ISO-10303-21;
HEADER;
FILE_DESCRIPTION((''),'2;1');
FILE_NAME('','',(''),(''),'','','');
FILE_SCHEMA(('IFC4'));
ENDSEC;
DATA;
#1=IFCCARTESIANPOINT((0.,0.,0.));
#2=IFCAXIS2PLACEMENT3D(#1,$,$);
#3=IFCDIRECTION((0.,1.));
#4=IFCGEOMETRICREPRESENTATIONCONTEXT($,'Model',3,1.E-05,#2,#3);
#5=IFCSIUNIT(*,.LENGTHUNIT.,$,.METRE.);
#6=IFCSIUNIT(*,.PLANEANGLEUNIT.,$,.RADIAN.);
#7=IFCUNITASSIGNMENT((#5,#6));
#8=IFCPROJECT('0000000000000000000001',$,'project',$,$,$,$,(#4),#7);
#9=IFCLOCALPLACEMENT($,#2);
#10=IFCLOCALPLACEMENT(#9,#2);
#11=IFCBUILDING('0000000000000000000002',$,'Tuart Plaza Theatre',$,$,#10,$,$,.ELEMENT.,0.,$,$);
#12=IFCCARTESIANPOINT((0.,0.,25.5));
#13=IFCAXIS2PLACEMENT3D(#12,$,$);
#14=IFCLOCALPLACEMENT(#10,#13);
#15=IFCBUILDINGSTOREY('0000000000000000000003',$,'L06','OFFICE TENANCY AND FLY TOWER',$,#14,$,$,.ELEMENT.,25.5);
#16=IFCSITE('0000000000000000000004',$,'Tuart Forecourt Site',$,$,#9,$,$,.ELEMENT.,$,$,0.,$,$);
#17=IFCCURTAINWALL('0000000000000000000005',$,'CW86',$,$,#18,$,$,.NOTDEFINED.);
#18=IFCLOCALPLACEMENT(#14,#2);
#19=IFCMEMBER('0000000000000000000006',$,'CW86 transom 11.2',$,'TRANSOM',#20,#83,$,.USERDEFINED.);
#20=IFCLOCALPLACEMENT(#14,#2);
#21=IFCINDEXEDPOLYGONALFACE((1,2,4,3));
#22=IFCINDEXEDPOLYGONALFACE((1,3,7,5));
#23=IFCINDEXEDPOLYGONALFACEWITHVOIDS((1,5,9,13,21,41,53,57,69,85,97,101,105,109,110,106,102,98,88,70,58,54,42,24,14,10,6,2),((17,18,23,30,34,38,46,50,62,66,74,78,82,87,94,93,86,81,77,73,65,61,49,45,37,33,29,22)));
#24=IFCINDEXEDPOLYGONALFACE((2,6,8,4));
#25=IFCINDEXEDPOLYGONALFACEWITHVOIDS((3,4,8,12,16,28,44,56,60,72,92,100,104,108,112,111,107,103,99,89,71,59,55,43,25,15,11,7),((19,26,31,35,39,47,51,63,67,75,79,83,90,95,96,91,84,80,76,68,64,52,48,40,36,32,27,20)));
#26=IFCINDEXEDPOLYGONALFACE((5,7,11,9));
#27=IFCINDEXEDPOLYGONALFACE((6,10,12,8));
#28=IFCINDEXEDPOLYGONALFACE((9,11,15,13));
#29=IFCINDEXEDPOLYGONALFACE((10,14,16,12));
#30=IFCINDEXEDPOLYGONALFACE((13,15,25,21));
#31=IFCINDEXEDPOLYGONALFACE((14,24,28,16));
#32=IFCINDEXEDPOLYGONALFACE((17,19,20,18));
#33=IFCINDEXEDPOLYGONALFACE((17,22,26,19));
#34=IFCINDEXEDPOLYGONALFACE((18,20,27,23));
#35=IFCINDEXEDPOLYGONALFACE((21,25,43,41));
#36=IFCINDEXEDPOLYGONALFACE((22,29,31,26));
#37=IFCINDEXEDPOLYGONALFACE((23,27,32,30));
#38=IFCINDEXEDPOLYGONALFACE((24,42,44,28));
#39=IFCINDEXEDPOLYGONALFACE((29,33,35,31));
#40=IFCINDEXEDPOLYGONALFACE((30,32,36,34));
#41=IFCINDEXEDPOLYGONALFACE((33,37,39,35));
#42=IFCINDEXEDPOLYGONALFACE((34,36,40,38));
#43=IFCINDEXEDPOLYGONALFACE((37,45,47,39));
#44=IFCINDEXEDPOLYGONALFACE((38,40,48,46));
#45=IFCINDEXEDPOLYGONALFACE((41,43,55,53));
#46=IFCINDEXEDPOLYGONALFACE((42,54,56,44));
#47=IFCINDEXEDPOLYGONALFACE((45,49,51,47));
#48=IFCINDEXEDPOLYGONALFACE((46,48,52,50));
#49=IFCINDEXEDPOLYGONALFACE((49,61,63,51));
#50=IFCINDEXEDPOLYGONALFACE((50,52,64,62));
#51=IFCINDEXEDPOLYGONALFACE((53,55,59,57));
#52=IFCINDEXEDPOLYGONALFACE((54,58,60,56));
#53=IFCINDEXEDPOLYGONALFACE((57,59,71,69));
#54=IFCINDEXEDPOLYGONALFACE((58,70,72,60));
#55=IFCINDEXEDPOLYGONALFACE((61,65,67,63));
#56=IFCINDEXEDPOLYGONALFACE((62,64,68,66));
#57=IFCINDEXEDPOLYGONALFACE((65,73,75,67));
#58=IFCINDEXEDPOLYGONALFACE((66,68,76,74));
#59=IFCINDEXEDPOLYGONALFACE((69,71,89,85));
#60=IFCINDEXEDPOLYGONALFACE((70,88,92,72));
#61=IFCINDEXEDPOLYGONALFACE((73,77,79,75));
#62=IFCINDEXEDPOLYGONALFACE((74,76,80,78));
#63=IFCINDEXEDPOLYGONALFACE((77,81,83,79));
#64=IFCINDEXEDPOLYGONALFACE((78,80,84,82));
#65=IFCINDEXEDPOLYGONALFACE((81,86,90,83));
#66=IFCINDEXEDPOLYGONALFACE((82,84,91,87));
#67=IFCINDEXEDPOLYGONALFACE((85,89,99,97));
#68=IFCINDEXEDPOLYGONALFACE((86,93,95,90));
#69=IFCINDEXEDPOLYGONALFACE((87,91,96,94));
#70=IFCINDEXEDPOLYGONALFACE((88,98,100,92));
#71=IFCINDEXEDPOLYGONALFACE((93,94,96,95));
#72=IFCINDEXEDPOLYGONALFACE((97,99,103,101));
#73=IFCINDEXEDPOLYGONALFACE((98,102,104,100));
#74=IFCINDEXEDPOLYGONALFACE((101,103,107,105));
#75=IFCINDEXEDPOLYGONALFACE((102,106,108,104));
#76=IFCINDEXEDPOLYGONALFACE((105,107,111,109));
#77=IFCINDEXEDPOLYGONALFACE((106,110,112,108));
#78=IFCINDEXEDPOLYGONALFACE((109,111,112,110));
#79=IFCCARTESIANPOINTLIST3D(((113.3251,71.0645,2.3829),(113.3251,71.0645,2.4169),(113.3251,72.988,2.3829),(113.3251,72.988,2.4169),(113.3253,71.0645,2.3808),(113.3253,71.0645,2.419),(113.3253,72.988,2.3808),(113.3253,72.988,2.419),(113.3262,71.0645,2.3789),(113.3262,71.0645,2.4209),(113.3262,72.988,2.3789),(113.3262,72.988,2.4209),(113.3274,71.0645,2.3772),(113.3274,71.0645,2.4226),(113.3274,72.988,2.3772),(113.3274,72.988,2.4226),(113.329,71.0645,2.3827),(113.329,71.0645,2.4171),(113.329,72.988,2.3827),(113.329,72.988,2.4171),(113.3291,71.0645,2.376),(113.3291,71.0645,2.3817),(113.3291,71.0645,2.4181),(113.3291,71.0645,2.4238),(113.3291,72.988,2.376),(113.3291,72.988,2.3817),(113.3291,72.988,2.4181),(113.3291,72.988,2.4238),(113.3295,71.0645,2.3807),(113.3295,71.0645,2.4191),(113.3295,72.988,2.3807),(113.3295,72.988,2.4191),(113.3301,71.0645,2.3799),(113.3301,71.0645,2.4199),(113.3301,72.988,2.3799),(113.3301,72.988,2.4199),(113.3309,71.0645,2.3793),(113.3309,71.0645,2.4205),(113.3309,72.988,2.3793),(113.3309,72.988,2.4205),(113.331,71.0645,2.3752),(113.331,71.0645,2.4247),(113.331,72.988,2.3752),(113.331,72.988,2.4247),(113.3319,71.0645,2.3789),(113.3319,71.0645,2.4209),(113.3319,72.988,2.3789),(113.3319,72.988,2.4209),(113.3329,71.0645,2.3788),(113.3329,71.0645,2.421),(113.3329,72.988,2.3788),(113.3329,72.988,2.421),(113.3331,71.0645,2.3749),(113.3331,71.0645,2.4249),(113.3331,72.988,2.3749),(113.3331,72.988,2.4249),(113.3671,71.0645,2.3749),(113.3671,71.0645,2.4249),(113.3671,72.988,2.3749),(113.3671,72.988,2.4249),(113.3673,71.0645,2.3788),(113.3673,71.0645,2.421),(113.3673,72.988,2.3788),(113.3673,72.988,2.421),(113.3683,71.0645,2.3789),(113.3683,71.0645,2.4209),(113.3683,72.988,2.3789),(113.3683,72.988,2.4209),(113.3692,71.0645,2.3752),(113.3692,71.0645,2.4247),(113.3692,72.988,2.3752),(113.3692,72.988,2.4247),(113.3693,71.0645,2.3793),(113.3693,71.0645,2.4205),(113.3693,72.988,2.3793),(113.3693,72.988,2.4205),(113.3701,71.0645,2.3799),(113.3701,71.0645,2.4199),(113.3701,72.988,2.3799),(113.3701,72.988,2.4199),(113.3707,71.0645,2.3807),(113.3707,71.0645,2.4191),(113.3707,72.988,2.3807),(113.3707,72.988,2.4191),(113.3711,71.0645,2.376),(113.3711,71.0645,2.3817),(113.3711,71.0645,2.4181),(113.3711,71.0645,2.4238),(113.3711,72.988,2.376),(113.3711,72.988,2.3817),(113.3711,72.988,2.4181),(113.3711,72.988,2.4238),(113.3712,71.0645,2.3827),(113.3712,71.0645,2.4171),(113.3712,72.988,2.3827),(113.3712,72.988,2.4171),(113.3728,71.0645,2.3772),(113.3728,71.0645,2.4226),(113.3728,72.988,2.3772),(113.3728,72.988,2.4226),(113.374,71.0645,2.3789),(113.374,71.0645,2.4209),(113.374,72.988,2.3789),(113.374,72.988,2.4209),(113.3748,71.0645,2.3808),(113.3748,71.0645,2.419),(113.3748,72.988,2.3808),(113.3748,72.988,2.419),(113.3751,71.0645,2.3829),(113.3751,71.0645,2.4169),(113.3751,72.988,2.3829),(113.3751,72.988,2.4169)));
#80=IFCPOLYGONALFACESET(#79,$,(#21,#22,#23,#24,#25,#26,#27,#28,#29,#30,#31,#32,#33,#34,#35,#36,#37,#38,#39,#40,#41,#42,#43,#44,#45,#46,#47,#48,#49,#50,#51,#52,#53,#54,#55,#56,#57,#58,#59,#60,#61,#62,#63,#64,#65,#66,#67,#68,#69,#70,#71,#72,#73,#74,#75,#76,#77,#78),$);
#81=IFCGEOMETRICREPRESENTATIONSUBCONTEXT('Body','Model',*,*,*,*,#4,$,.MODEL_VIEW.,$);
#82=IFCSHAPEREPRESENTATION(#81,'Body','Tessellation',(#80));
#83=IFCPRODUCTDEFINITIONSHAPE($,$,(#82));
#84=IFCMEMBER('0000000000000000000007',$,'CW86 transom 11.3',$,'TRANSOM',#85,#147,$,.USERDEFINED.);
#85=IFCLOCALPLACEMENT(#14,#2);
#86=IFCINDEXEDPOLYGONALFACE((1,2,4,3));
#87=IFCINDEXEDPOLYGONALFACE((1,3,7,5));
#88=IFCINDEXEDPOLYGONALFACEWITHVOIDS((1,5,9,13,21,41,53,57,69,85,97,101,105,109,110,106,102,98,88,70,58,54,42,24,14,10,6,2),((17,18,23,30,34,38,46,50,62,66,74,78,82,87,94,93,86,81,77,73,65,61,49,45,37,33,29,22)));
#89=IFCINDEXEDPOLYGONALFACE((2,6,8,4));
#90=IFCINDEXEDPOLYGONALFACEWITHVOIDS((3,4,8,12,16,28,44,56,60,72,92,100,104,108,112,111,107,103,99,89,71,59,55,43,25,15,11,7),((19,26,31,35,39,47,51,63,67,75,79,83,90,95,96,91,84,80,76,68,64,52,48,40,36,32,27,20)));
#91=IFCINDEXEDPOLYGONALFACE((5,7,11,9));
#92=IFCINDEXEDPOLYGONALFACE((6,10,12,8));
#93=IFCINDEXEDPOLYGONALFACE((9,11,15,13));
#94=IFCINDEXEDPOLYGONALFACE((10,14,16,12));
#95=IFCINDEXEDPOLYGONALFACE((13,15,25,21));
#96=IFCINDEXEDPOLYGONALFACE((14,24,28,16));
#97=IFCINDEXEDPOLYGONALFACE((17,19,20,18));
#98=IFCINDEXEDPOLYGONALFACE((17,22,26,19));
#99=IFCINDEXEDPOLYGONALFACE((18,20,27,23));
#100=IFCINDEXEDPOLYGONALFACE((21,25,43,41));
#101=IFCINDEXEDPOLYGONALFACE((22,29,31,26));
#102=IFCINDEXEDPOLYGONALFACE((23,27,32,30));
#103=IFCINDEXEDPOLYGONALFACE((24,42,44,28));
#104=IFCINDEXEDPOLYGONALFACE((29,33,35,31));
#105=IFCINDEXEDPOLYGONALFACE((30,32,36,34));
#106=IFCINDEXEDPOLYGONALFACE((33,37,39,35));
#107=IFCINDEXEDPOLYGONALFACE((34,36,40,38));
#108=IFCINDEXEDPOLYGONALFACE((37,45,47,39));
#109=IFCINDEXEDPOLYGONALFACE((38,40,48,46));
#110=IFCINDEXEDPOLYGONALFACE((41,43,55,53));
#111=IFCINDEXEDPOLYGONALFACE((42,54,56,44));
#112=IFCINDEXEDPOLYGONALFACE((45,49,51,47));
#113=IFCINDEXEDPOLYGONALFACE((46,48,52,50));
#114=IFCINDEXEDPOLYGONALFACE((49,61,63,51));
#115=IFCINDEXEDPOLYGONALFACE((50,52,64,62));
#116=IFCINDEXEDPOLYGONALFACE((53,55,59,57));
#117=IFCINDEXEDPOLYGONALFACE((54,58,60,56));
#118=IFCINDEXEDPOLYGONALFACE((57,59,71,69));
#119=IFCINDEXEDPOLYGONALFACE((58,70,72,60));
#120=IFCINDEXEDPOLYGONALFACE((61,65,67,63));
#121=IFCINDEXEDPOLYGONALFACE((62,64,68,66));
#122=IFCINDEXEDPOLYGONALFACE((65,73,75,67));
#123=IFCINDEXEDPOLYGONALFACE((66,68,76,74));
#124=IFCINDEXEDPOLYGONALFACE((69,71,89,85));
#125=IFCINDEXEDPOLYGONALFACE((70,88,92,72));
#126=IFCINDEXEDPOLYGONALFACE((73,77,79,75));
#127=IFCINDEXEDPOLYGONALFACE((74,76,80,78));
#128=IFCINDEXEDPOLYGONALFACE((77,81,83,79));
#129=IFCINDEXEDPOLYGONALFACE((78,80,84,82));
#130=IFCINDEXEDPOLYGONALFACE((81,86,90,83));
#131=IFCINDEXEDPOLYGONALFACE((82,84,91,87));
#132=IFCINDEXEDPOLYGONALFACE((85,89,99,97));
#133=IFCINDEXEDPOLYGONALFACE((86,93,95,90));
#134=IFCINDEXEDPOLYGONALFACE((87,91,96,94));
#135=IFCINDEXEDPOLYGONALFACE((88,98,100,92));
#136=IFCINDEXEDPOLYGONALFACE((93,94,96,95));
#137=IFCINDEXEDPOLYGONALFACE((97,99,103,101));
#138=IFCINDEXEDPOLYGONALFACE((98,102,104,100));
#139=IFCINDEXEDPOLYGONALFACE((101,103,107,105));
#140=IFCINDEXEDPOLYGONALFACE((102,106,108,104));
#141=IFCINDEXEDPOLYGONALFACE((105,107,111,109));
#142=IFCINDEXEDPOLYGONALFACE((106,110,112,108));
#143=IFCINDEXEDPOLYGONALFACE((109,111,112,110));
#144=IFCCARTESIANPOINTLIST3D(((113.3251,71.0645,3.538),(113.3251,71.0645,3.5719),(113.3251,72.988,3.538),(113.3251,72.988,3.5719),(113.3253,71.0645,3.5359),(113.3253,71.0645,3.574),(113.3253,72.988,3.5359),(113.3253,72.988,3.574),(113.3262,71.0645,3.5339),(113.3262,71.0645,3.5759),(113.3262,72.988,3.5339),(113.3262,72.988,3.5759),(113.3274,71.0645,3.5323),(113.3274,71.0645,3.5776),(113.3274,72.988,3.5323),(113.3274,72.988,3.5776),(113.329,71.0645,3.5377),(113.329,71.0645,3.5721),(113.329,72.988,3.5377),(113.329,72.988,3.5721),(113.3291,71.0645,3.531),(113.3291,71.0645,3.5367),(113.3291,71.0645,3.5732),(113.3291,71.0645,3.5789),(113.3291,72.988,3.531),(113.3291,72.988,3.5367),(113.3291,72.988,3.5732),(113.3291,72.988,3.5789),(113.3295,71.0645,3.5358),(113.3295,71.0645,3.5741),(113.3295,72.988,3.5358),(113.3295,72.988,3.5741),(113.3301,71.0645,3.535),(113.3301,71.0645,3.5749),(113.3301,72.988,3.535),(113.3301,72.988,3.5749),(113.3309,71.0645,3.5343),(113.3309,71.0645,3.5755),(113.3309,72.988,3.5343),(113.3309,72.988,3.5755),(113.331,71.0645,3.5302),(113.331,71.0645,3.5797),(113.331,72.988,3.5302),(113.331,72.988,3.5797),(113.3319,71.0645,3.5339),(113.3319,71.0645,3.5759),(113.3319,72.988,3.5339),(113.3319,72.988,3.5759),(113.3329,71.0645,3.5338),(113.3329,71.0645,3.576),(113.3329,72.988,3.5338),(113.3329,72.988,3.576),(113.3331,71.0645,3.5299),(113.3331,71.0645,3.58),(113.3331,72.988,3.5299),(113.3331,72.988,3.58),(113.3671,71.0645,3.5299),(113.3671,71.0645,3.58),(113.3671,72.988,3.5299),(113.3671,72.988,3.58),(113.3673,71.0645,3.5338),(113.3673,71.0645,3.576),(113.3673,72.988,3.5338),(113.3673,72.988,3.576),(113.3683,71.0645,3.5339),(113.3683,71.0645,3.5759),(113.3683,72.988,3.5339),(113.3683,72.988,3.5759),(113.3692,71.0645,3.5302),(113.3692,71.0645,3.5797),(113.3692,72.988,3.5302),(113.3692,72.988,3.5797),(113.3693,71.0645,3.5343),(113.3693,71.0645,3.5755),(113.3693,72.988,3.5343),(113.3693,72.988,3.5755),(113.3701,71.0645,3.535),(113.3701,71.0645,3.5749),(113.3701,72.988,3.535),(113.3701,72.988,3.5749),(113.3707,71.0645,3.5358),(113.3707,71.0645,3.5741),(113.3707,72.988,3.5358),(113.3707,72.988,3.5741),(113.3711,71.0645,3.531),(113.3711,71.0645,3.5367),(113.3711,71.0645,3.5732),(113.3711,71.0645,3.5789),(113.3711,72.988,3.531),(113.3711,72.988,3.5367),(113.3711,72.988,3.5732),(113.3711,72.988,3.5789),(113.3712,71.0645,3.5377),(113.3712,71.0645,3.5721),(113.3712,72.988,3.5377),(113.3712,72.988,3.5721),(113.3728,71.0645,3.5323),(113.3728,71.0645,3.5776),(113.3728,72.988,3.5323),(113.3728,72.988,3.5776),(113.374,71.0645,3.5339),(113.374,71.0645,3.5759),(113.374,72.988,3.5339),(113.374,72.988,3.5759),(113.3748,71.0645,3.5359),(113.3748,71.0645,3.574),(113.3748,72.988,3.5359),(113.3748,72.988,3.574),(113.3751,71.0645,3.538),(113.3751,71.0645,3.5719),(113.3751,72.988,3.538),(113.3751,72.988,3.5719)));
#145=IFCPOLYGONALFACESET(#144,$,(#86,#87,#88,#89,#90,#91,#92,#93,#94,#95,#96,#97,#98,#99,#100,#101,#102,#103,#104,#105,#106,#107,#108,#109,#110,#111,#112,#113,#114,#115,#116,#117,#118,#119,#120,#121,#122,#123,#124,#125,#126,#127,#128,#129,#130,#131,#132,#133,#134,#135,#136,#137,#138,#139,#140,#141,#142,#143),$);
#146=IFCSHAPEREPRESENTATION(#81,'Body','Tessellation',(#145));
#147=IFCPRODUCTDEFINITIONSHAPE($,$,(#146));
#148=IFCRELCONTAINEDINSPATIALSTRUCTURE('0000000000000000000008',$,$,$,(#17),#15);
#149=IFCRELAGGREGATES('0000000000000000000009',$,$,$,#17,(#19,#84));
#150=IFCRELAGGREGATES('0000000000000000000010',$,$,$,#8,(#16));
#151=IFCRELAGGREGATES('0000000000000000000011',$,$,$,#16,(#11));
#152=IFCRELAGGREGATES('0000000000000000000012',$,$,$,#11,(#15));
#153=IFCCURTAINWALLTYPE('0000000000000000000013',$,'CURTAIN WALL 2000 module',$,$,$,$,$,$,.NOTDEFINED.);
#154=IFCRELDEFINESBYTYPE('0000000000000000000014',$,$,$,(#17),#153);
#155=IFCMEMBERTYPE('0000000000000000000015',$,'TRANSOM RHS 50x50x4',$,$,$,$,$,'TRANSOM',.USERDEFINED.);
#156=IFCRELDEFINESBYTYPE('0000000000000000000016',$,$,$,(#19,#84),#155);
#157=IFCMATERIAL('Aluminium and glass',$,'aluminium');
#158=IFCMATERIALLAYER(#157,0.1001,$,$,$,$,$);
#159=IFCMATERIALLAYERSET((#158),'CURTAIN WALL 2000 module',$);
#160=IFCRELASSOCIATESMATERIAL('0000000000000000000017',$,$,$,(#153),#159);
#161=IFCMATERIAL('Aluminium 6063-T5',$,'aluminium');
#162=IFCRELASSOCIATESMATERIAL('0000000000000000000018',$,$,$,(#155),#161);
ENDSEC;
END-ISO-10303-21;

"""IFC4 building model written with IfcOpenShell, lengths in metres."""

from ifc_helpers import new_model, si_unit, direction, frame, origin, origin_2d, place, context, subcontext, project, spatial, hollow_rectangle, extrude, material, layer, layer_set, material_profile, profile_set, type_object, element, aggregate, save


model = new_model("IFC4")

# Units and contexts
model_context = context("Model", 3, precision=1e-05, world=origin(), true_north=direction((0.0, 1.0)))
body_context = subcontext(model_context, "Body", "Model", "MODEL_VIEW")
ifc_project = project(units=[si_unit("LENGTHUNIT", "METRE"), si_unit("PLANEANGLEUNIT", "RADIAN")], contexts=[model_context])

# Site, building, storey
site_placement = place(None, origin())
site = spatial("IfcSite", under=ifc_project, at=site_placement, Name="Tuart Forecourt Site", CompositionType="ELEMENT", RefElevation=0.0)
building_placement = place(site_placement, origin())
building = spatial("IfcBuilding", under=site, at=building_placement, Name="Tuart Plaza Theatre", CompositionType="ELEMENT", ElevationOfRefHeight=0.0)
storey_placement = place(building_placement, frame((0.0, 0.0, 25.5)))
storey = spatial("IfcBuildingStorey", under=building, at=storey_placement, Name="L06", Description="OFFICE TENANCY AND FLY TOWER", CompositionType="ELEMENT", Elevation=25.5)

# Curtain wall, members
ifc_material_1 = material(Name="Aluminium and glass", Category="aluminium")
ifc_layer_1 = layer(ifc_material_1, 0.1001)
ifc_layer_set_1 = layer_set([ifc_layer_1], Name="CURTAIN WALL 2000 module")
curtain_wall_type = type_object("IfcCurtainWallType", Name="CURTAIN WALL 2000 module", PredefinedType="NOTDEFINED", material=ifc_layer_set_1)
curtain_wall_placement = place(storey_placement, origin())
curtain_wall = element("IfcCurtainWall", 1, at=curtain_wall_placement, inside=storey, type_object=curtain_wall_type, Name="CW86", PredefinedType="NOTDEFINED")
ifc_material_2 = material(Name="Aluminium 6063-T5", Category="aluminium")
ifc_material_profile_1 = material_profile(ifc_material_2, hollow_rectangle(XDim=0.05, YDim=0.05, WallThickness=0.0039, InnerFilletRadius=0.0039, OuterFilletRadius=0.0081, at=origin_2d()), Name="RHS 50x50x4")
ifc_profile_set_1 = profile_set([ifc_material_profile_1], Name="Aluminium 6063-T5")
member_type = type_object("IfcMemberType", Name="TRANSOM RHS 50x50x4", ElementType="TRANSOM", PredefinedType="USERDEFINED", material=ifc_profile_set_1)
member_1_placement = place(storey_placement, frame((113.3501, 72.988, 2.3999), z_axis=(0.0, -1.0, 0.0), x_axis=(1.0, 0.0, 0.0)))
member_1 = element("IfcMember", 2, at=member_1_placement, type_object=member_type, Name="CW86 transom 11.2", ObjectType="TRANSOM", PredefinedType="USERDEFINED", context=body_context, shape_type="SweptSolid", body=[
    extrude(hollow_rectangle(XDim=0.05, YDim=0.05, WallThickness=0.0039, InnerFilletRadius=0.0039, OuterFilletRadius=0.0081, at=origin_2d()), origin(), (0.0, 0.0, 1.0), 1.9236),
])
member_2_placement = place(storey_placement, frame((113.3501, 72.988, 3.5549), z_axis=(0.0, -1.0, 0.0), x_axis=(1.0, 0.0, 0.0)))
member_2 = element("IfcMember", 3, at=member_2_placement, type_object=member_type, Name="CW86 transom 11.3", ObjectType="TRANSOM", PredefinedType="USERDEFINED", context=body_context, shape_type="SweptSolid", body=[
    extrude(hollow_rectangle(XDim=0.05, YDim=0.05, WallThickness=0.0039, InnerFilletRadius=0.0039, OuterFilletRadius=0.0081, at=origin_2d()), origin(), (0.0, 0.0, 1.0), 1.9236),
])
aggregate(curtain_wall, [member_1, member_2])

save(model, "model.ifc")
